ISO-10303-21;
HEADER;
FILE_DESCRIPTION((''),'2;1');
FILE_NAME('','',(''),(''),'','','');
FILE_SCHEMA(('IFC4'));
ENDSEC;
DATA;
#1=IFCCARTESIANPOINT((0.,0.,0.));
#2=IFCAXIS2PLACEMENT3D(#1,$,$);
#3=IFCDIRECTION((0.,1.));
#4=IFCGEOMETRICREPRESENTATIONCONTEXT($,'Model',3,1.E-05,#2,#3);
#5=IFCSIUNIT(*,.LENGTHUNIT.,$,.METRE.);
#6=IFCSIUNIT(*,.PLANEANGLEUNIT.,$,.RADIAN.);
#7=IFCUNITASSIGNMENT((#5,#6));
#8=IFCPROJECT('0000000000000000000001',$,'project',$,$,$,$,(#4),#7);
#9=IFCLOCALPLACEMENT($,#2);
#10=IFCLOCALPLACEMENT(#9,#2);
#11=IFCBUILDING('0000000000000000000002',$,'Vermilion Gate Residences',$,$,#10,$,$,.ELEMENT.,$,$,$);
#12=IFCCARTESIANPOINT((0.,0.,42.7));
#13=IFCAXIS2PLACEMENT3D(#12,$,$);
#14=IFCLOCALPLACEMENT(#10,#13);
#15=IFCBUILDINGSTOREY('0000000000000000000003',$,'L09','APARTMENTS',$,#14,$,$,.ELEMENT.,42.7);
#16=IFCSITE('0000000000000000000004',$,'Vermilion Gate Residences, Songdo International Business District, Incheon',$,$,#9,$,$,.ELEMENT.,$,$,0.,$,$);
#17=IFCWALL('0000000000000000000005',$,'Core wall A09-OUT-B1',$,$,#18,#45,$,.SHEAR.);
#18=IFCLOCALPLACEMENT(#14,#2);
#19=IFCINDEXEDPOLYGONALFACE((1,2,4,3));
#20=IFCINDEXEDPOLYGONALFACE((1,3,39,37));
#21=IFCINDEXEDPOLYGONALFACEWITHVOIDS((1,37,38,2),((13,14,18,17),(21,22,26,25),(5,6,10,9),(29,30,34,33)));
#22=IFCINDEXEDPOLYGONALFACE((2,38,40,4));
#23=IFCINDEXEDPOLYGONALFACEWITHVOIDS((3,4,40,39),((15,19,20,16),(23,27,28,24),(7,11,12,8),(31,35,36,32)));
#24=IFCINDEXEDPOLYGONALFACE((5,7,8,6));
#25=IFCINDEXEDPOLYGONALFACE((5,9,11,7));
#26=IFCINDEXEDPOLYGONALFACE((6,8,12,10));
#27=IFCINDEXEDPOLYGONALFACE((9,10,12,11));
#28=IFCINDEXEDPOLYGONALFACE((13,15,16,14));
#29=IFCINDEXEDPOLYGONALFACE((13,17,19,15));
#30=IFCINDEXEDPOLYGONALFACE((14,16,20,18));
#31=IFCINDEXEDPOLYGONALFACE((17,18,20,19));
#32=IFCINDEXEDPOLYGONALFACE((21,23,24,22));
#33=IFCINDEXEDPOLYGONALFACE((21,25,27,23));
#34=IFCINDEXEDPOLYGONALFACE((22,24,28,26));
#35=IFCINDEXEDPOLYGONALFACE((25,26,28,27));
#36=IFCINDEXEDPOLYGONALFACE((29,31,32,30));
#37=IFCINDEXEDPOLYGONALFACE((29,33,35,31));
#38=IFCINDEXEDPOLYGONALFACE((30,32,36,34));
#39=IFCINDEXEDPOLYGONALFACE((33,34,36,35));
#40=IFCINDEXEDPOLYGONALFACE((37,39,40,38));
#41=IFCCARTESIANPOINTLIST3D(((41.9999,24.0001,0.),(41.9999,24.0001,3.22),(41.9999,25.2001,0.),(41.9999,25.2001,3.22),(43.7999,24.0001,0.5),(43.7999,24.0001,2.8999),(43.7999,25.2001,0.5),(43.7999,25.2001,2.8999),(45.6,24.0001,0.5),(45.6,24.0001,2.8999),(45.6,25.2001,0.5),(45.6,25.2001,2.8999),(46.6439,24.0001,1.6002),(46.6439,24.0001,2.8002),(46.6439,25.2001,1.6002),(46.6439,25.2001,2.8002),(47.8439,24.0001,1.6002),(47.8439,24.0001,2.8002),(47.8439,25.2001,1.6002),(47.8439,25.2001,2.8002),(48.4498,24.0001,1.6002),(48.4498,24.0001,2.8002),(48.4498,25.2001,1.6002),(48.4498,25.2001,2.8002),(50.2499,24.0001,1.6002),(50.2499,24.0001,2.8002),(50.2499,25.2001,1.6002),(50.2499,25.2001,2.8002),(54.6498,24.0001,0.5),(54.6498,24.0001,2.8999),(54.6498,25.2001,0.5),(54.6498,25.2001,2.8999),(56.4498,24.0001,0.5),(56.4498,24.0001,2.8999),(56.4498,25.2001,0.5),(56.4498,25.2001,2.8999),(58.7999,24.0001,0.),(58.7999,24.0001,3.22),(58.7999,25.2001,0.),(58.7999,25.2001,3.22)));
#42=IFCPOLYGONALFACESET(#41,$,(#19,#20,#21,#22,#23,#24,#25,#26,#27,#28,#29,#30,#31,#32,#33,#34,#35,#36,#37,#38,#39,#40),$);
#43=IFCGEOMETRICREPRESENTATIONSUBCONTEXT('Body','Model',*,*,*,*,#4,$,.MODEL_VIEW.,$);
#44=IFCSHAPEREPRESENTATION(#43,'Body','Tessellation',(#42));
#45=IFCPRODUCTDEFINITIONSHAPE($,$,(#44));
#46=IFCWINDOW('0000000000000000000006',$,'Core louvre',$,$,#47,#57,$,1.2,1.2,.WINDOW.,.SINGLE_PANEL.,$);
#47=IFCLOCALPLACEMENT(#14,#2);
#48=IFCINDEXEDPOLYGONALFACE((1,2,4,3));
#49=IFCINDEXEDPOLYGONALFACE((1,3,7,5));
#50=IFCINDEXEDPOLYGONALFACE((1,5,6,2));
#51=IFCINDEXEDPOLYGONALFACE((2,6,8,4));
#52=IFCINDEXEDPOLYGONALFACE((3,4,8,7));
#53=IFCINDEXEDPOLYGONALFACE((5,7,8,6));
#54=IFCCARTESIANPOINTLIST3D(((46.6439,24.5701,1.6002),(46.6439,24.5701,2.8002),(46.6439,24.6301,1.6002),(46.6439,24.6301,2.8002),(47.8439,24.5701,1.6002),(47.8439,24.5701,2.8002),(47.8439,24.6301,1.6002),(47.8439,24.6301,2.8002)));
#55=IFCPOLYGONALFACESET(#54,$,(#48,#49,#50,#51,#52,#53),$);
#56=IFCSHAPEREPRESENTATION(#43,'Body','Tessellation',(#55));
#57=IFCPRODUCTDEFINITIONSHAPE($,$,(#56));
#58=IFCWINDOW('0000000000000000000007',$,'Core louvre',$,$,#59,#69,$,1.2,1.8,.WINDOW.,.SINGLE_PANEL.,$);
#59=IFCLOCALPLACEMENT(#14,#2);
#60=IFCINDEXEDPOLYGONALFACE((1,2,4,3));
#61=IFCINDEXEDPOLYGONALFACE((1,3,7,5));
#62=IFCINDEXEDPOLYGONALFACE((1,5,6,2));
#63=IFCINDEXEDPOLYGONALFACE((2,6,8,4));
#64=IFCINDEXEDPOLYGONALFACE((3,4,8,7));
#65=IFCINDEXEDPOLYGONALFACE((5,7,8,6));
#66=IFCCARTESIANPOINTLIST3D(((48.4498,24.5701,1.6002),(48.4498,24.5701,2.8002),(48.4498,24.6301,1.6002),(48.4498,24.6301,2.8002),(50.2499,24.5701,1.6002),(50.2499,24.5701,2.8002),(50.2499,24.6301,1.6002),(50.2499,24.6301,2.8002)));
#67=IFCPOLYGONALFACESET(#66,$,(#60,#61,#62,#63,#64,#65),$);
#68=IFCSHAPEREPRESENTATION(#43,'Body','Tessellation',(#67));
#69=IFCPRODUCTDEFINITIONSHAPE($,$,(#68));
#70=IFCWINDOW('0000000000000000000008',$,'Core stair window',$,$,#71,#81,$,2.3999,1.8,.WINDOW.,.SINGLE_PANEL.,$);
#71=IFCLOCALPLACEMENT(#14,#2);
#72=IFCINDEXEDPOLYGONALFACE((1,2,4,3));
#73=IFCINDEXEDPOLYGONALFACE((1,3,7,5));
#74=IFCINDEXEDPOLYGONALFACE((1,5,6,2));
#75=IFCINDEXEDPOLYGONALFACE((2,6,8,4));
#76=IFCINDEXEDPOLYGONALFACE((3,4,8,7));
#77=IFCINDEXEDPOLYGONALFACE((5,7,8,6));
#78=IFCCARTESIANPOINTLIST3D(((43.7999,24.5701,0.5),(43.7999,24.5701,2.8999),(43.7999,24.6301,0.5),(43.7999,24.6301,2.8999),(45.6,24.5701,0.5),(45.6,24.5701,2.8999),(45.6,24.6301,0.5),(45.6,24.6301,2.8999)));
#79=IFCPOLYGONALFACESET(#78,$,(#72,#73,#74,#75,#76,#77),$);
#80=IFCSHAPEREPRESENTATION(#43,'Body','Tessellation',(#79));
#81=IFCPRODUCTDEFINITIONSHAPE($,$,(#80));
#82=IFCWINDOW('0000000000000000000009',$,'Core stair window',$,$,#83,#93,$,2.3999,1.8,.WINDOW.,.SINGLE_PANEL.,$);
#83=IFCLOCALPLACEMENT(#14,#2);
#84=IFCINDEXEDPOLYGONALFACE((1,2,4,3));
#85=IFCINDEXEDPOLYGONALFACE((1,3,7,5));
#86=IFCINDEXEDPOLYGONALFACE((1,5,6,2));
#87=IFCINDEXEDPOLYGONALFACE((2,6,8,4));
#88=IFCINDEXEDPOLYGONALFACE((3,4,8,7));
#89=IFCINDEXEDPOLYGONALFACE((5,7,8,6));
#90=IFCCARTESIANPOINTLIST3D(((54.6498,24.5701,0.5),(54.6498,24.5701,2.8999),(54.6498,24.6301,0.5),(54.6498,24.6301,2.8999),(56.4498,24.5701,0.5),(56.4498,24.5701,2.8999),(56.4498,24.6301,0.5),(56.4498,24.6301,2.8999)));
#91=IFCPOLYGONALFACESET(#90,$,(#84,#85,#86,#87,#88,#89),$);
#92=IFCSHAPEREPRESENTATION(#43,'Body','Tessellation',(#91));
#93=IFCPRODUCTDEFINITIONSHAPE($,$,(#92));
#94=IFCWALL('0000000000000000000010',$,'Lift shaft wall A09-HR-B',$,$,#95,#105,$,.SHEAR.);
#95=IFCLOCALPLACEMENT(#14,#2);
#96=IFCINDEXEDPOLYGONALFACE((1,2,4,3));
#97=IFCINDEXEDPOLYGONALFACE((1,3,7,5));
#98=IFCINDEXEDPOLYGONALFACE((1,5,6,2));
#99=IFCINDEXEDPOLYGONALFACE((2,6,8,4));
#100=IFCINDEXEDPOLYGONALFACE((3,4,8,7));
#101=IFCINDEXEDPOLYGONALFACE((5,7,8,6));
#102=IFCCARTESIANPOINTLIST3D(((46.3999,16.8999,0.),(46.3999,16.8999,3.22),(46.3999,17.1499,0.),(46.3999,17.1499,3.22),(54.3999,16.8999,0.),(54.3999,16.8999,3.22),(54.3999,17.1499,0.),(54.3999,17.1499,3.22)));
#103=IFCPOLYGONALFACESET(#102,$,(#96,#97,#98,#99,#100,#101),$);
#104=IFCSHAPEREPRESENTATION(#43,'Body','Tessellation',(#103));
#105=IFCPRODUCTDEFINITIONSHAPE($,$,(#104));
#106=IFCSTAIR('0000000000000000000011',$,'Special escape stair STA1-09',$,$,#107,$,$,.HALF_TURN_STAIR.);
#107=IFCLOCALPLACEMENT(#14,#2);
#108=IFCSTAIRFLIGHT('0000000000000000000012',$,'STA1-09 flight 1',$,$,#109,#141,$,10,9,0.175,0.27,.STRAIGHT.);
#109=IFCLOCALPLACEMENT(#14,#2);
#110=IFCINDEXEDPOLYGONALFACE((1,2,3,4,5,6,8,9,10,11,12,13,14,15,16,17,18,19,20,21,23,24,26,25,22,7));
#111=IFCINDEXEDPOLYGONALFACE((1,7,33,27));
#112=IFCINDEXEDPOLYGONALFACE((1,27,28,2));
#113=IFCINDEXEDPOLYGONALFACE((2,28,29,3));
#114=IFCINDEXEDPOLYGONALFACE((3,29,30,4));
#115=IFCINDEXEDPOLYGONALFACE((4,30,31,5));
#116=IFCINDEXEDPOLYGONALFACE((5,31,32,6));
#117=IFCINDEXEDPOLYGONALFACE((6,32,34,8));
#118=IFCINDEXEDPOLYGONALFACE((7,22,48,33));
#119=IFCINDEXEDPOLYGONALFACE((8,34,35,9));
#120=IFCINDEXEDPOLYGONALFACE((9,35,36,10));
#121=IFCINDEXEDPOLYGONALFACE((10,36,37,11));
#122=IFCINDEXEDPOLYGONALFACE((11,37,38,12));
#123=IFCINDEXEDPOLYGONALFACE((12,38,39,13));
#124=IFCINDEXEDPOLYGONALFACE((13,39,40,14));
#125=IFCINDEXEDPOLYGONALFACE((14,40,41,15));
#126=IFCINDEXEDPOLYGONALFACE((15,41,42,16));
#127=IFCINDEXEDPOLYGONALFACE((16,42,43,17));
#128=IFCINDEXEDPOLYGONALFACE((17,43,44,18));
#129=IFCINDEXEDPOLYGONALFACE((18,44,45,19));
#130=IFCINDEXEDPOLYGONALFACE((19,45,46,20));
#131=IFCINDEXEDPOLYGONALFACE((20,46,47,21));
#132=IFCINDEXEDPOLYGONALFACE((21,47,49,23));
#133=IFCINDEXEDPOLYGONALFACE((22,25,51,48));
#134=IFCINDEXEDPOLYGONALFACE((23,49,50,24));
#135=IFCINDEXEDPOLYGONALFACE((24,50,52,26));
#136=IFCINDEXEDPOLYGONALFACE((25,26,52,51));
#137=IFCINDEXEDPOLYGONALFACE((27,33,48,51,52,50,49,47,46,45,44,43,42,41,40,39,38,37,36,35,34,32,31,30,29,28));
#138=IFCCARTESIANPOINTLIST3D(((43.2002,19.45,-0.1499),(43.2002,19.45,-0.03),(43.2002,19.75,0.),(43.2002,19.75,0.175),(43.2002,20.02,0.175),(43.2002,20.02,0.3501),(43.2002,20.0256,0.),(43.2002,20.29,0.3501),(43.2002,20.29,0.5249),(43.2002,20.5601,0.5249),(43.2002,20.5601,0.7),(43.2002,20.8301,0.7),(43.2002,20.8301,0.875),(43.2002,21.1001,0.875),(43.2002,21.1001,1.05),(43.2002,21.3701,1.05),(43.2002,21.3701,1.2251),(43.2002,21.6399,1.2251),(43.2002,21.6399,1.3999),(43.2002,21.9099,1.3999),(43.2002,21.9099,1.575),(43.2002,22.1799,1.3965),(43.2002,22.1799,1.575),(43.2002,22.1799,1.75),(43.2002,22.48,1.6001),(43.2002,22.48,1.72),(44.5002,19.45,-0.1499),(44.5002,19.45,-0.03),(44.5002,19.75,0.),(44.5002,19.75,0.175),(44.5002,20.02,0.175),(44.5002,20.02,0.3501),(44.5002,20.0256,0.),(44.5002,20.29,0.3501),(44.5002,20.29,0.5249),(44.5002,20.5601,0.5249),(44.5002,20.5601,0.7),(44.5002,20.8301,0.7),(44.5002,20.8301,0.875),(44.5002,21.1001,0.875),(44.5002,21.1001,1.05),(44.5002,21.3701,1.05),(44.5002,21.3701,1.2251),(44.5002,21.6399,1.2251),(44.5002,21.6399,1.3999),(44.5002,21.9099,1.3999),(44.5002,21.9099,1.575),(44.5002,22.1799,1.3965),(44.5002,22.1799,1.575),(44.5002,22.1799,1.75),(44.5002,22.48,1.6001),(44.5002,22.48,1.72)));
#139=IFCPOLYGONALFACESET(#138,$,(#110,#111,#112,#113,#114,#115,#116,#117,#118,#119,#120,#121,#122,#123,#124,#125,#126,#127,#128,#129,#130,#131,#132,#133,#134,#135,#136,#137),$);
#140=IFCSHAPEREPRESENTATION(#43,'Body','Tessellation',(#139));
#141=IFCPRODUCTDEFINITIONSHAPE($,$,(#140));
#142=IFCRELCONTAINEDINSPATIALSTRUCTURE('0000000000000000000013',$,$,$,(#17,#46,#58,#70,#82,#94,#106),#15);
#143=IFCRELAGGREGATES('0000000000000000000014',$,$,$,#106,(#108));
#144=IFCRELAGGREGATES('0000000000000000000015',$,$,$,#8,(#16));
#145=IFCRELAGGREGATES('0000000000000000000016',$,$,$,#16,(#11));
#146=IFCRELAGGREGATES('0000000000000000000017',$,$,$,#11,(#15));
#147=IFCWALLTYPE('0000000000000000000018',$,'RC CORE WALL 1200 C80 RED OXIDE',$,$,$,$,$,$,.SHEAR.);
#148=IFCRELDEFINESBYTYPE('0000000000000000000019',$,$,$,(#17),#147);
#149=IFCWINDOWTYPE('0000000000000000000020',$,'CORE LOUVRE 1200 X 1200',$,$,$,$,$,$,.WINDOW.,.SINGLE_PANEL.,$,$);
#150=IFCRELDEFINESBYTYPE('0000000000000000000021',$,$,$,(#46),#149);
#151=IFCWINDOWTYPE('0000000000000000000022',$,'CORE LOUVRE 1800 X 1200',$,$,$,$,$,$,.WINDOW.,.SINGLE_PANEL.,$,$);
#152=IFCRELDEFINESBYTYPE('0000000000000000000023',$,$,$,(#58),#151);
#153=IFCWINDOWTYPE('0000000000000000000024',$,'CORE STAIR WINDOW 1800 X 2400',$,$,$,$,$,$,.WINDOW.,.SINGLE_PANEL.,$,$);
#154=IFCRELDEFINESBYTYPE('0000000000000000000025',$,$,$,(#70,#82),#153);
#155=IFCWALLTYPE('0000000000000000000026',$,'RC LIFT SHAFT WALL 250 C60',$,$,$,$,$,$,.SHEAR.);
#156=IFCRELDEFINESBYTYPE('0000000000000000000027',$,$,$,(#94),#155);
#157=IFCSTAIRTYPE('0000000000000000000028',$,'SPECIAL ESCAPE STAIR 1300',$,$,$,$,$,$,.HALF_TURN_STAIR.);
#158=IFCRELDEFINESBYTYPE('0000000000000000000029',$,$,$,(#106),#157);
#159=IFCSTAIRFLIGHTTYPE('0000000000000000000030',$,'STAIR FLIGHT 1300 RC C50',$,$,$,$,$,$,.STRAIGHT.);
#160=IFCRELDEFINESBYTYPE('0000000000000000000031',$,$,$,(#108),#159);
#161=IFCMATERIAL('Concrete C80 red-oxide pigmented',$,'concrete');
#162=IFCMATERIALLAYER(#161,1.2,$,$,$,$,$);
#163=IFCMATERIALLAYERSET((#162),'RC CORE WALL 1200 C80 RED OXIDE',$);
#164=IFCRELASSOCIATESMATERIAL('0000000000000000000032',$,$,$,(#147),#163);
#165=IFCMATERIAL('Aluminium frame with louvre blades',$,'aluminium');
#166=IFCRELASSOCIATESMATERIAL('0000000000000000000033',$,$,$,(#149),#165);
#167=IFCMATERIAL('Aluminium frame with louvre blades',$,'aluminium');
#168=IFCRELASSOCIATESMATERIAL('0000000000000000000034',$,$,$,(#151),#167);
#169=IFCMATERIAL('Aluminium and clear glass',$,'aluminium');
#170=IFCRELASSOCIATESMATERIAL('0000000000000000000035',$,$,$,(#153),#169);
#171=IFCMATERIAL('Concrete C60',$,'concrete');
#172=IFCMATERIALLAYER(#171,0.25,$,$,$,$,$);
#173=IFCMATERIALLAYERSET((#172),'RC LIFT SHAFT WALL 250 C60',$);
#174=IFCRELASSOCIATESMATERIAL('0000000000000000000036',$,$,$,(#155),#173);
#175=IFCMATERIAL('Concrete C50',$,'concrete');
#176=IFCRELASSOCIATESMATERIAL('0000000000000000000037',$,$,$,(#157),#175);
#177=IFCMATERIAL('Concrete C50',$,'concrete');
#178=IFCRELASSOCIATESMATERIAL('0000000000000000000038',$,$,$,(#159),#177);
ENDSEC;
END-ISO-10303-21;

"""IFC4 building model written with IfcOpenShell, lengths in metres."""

from ifc_helpers import new_model, si_unit, direction, frame, frame_2d, origin, place, context, subcontext, project, spatial, polyline, rectangle, outline, extrude, material, layer, layer_set, type_object, element, fill, aggregate, save


model = new_model("IFC4")

# Units and contexts
model_context = context("Model", 3, precision=1e-05, world=origin(), true_north=direction((0.0, 1.0)))
body_context = subcontext(model_context, "Body", "Model", "MODEL_VIEW")
ifc_project = project(units=[si_unit("LENGTHUNIT", "METRE"), si_unit("PLANEANGLEUNIT", "RADIAN")], contexts=[model_context])

# Site, building, storey
site_placement = place(None, origin())
site = spatial("IfcSite", under=ifc_project, at=site_placement, Name="Vermilion Gate Residences, Songdo International Business District, Incheon", CompositionType="ELEMENT", RefElevation=0.0)
building_placement = place(site_placement, origin())
building = spatial("IfcBuilding", under=site, at=building_placement, Name="Vermilion Gate Residences", CompositionType="ELEMENT")
storey_placement = place(building_placement, frame((0.0, 0.0, 42.7)))
storey = spatial("IfcBuildingStorey", under=building, at=storey_placement, Name="L09", Description="APARTMENTS", CompositionType="ELEMENT", Elevation=42.7)

# Wall, openings, windows
ifc_material_1 = material(Name="Concrete C80 red-oxide pigmented", Category="concrete")
ifc_layer_1 = layer(ifc_material_1, 1.2)
ifc_layer_set_1 = layer_set([ifc_layer_1], Name="RC CORE WALL 1200 C80 RED OXIDE")
wall_type_1 = type_object("IfcWallType", Name="RC CORE WALL 1200 C80 RED OXIDE", PredefinedType="SHEAR", material=ifc_layer_set_1)
wall_1_placement = place(storey_placement, frame((42.0, 24.6001, 0.0), z_axis=(0.0, 0.0, 1.0), x_axis=(1.0, 0.0, 0.0)))
wall_1 = element("IfcWall", 1, at=wall_1_placement, inside=storey, type_object=wall_type_1, Name="Core wall A09-OUT-B1", PredefinedType="SHEAR", context=body_context, shape_type="SweptSolid", body=[
    extrude(rectangle(XDim=16.8, YDim=1.2, at=frame_2d((8.3999, 0.0))), origin(), (0.0, 0.0, 1.0), 3.22),
])
opening_1_placement = place(wall_1_placement, frame((1.8, 0.0, 0.5)))
opening_1 = element("IfcOpeningElement", 2, at=opening_1_placement, cuts=wall_1, PredefinedType="OPENING", context=body_context, shape_type="SweptSolid", body=[
    extrude(rectangle(XDim=1.8, YDim=2.3999, at=frame_2d((0.8999, 1.2))), frame((0.0, 0.6099, 0.0), z_axis=(0.0, -1.0, 0.0), x_axis=(1.0, 0.0, 0.0)), (0.0, 0.0, 1.0), 1.22),
])
opening_2_placement = place(wall_1_placement, frame((4.6438, 0.0, 1.6001)))
opening_2 = element("IfcOpeningElement", 3, at=opening_2_placement, cuts=wall_1, PredefinedType="OPENING", context=body_context, shape_type="SweptSolid", body=[
    extrude(rectangle(XDim=1.2, YDim=1.2, at=frame_2d((0.6001, 0.6001))), frame((0.0, 0.6099, 0.0), z_axis=(0.0, -1.0, 0.0), x_axis=(1.0, 0.0, 0.0)), (0.0, 0.0, 1.0), 1.22),
])
opening_3_placement = place(wall_1_placement, frame((6.45, 0.0, 1.6001)))
opening_3 = element("IfcOpeningElement", 4, at=opening_3_placement, cuts=wall_1, PredefinedType="OPENING", context=body_context, shape_type="SweptSolid", body=[
    extrude(rectangle(XDim=1.8, YDim=1.2, at=frame_2d((0.8999, 0.6001))), frame((0.0, 0.6099, 0.0), z_axis=(0.0, -1.0, 0.0), x_axis=(1.0, 0.0, 0.0)), (0.0, 0.0, 1.0), 1.22),
])
opening_4_placement = place(wall_1_placement, frame((12.6499, 0.0, 0.5)))
opening_4 = element("IfcOpeningElement", 5, at=opening_4_placement, cuts=wall_1, PredefinedType="OPENING", context=body_context, shape_type="SweptSolid", body=[
    extrude(rectangle(XDim=1.8, YDim=2.3999, at=frame_2d((0.8999, 1.2))), frame((0.0, 0.6099, 0.0), z_axis=(0.0, -1.0, 0.0), x_axis=(1.0, 0.0, 0.0)), (0.0, 0.0, 1.0), 1.22),
])
ifc_material_2 = material(Name="Aluminium frame with louvre blades", Category="aluminium")
window_type_1 = type_object("IfcWindowType", Name="CORE LOUVRE 1200 X 1200", PartitioningType="SINGLE_PANEL", PredefinedType="WINDOW", material=ifc_material_2)
window_1_placement = place(opening_2_placement, origin())
window_1 = element("IfcWindow", 6, at=window_1_placement, inside=storey, type_object=window_type_1, Name="Core louvre", OverallHeight=1.2, OverallWidth=1.2, PartitioningType="SINGLE_PANEL", PredefinedType="WINDOW", context=body_context, shape_type="SweptSolid", body=[
    extrude(rectangle(XDim=1.2, YDim=1.2, at=frame_2d((0.6001, 0.6001))), frame((0.0, 0.03, 0.0), z_axis=(0.0, -1.0, 0.0), x_axis=(1.0, 0.0, 0.0)), (0.0, 0.0, 1.0), 0.0601),
])
fill(opening_2, window_1)
ifc_material_3 = material(Name="Aluminium frame with louvre blades", Category="aluminium")
window_type_2 = type_object("IfcWindowType", Name="CORE LOUVRE 1800 X 1200", PartitioningType="SINGLE_PANEL", PredefinedType="WINDOW", material=ifc_material_3)
window_2_placement = place(opening_3_placement, origin())
window_2 = element("IfcWindow", 7, at=window_2_placement, inside=storey, type_object=window_type_2, Name="Core louvre", OverallHeight=1.2, OverallWidth=1.8, PartitioningType="SINGLE_PANEL", PredefinedType="WINDOW", context=body_context, shape_type="SweptSolid", body=[
    extrude(rectangle(XDim=1.8, YDim=1.2, at=frame_2d((0.8999, 0.6001))), frame((0.0, 0.03, 0.0), z_axis=(0.0, -1.0, 0.0), x_axis=(1.0, 0.0, 0.0)), (0.0, 0.0, 1.0), 0.0601),
])
fill(opening_3, window_2)
ifc_material_4 = material(Name="Aluminium and clear glass", Category="aluminium")
window_type_3 = type_object("IfcWindowType", Name="CORE STAIR WINDOW 1800 X 2400", PartitioningType="SINGLE_PANEL", PredefinedType="WINDOW", material=ifc_material_4)
window_3_placement = place(opening_1_placement, origin())
window_3 = element("IfcWindow", 8, at=window_3_placement, inside=storey, type_object=window_type_3, Name="Core stair window", OverallHeight=2.3999, OverallWidth=1.8, PartitioningType="SINGLE_PANEL", PredefinedType="WINDOW", context=body_context, shape_type="SweptSolid", body=[
    extrude(rectangle(XDim=1.8, YDim=2.3999, at=frame_2d((0.8999, 1.2))), frame((0.0, 0.03, 0.0), z_axis=(0.0, -1.0, 0.0), x_axis=(1.0, 0.0, 0.0)), (0.0, 0.0, 1.0), 0.0601),
])
fill(opening_1, window_3)
window_4_placement = place(opening_4_placement, origin())
window_4 = element("IfcWindow", 9, at=window_4_placement, inside=storey, type_object=window_type_3, Name="Core stair window", OverallHeight=2.3999, OverallWidth=1.8, PartitioningType="SINGLE_PANEL", PredefinedType="WINDOW", context=body_context, shape_type="SweptSolid", body=[
    extrude(rectangle(XDim=1.8, YDim=2.3999, at=frame_2d((0.8999, 1.2))), frame((0.0, 0.03, 0.0), z_axis=(0.0, -1.0, 0.0), x_axis=(1.0, 0.0, 0.0)), (0.0, 0.0, 1.0), 0.0601),
])
fill(opening_4, window_4)

# Wall
ifc_material_5 = material(Name="Concrete C60", Category="concrete")
ifc_layer_2 = layer(ifc_material_5, 0.25)
ifc_layer_set_2 = layer_set([ifc_layer_2], Name="RC LIFT SHAFT WALL 250 C60")
wall_type_2 = type_object("IfcWallType", Name="RC LIFT SHAFT WALL 250 C60", PredefinedType="SHEAR", material=ifc_layer_set_2)
wall_2_placement = place(storey_placement, frame((46.3999, 17.0249, 0.0), z_axis=(0.0, 0.0, 1.0), x_axis=(1.0, 0.0, 0.0)))
element("IfcWall", 10, at=wall_2_placement, inside=storey, type_object=wall_type_2, Name="Lift shaft wall A09-HR-B", PredefinedType="SHEAR", context=body_context, shape_type="SweptSolid", body=[
    extrude(rectangle(XDim=8.0, YDim=0.25, at=frame_2d((4.0, 0.0))), origin(), (0.0, 0.0, 1.0), 3.22),
])

# Stair, stair flight
ifc_material_6 = material(Name="Concrete C50", Category="concrete")
stair_type = type_object("IfcStairType", Name="SPECIAL ESCAPE STAIR 1300", PredefinedType="HALF_TURN_STAIR", material=ifc_material_6)
stair_placement = place(storey_placement, origin())
stair = element("IfcStair", 11, at=stair_placement, inside=storey, type_object=stair_type, Name="Special escape stair STA1-09", PredefinedType="HALF_TURN_STAIR")
ifc_material_7 = material(Name="Concrete C50", Category="concrete")
stair_flight_type = type_object("IfcStairFlightType", Name="STAIR FLIGHT 1300 RC C50", PredefinedType="STRAIGHT", material=ifc_material_7)
stair_flight_1_placement = place(storey_placement, frame((43.8501, 19.75, 0.0), z_axis=(0.0, 0.0, 1.0), x_axis=(0.0, 1.0, 0.0)))
stair_flight_1 = element("IfcStairFlight", 12, at=stair_flight_1_placement, type_object=stair_flight_type, Name="STA1-09 flight 1", NumberOfRisers=10, NumberOfTreads=9, PredefinedType="STRAIGHT", RiserHeight=0.175, TreadLength=0.27, context=body_context, shape_type="SweptSolid", body=[
    extrude(outline(polyline([(-0.3, -0.1499), (-0.3, -0.03), (0.0, 0.0), (0.0, 0.175), (0.27, 0.175), (0.27, 0.3501), (0.54, 0.3501), (0.54, 0.5249), (0.8101, 0.5249), (0.8101, 0.7), (1.0801, 0.7), (1.0801, 0.875), (1.3501, 0.875), (1.3501, 1.05), (1.6201, 1.05), (1.6201, 1.2251), (1.8899, 1.2251), (1.8899, 1.3999), (2.1599, 1.3999), (2.1599, 1.575), (2.4299, 1.575), (2.4299, 1.75), (2.73, 1.72), (2.73, 1.6001), (2.4299, 1.3965), (0.2756, 0.0), (-0.3, -0.1499)])), frame((0.0, 0.6499, 0.0), z_axis=(0.0, -1.0, 0.0), x_axis=(1.0, 0.0, 0.0)), (0.0, 0.0, 1.0), 1.3),
])
aggregate(stair, [stair_flight_1])

save(model, "model.ifc")
